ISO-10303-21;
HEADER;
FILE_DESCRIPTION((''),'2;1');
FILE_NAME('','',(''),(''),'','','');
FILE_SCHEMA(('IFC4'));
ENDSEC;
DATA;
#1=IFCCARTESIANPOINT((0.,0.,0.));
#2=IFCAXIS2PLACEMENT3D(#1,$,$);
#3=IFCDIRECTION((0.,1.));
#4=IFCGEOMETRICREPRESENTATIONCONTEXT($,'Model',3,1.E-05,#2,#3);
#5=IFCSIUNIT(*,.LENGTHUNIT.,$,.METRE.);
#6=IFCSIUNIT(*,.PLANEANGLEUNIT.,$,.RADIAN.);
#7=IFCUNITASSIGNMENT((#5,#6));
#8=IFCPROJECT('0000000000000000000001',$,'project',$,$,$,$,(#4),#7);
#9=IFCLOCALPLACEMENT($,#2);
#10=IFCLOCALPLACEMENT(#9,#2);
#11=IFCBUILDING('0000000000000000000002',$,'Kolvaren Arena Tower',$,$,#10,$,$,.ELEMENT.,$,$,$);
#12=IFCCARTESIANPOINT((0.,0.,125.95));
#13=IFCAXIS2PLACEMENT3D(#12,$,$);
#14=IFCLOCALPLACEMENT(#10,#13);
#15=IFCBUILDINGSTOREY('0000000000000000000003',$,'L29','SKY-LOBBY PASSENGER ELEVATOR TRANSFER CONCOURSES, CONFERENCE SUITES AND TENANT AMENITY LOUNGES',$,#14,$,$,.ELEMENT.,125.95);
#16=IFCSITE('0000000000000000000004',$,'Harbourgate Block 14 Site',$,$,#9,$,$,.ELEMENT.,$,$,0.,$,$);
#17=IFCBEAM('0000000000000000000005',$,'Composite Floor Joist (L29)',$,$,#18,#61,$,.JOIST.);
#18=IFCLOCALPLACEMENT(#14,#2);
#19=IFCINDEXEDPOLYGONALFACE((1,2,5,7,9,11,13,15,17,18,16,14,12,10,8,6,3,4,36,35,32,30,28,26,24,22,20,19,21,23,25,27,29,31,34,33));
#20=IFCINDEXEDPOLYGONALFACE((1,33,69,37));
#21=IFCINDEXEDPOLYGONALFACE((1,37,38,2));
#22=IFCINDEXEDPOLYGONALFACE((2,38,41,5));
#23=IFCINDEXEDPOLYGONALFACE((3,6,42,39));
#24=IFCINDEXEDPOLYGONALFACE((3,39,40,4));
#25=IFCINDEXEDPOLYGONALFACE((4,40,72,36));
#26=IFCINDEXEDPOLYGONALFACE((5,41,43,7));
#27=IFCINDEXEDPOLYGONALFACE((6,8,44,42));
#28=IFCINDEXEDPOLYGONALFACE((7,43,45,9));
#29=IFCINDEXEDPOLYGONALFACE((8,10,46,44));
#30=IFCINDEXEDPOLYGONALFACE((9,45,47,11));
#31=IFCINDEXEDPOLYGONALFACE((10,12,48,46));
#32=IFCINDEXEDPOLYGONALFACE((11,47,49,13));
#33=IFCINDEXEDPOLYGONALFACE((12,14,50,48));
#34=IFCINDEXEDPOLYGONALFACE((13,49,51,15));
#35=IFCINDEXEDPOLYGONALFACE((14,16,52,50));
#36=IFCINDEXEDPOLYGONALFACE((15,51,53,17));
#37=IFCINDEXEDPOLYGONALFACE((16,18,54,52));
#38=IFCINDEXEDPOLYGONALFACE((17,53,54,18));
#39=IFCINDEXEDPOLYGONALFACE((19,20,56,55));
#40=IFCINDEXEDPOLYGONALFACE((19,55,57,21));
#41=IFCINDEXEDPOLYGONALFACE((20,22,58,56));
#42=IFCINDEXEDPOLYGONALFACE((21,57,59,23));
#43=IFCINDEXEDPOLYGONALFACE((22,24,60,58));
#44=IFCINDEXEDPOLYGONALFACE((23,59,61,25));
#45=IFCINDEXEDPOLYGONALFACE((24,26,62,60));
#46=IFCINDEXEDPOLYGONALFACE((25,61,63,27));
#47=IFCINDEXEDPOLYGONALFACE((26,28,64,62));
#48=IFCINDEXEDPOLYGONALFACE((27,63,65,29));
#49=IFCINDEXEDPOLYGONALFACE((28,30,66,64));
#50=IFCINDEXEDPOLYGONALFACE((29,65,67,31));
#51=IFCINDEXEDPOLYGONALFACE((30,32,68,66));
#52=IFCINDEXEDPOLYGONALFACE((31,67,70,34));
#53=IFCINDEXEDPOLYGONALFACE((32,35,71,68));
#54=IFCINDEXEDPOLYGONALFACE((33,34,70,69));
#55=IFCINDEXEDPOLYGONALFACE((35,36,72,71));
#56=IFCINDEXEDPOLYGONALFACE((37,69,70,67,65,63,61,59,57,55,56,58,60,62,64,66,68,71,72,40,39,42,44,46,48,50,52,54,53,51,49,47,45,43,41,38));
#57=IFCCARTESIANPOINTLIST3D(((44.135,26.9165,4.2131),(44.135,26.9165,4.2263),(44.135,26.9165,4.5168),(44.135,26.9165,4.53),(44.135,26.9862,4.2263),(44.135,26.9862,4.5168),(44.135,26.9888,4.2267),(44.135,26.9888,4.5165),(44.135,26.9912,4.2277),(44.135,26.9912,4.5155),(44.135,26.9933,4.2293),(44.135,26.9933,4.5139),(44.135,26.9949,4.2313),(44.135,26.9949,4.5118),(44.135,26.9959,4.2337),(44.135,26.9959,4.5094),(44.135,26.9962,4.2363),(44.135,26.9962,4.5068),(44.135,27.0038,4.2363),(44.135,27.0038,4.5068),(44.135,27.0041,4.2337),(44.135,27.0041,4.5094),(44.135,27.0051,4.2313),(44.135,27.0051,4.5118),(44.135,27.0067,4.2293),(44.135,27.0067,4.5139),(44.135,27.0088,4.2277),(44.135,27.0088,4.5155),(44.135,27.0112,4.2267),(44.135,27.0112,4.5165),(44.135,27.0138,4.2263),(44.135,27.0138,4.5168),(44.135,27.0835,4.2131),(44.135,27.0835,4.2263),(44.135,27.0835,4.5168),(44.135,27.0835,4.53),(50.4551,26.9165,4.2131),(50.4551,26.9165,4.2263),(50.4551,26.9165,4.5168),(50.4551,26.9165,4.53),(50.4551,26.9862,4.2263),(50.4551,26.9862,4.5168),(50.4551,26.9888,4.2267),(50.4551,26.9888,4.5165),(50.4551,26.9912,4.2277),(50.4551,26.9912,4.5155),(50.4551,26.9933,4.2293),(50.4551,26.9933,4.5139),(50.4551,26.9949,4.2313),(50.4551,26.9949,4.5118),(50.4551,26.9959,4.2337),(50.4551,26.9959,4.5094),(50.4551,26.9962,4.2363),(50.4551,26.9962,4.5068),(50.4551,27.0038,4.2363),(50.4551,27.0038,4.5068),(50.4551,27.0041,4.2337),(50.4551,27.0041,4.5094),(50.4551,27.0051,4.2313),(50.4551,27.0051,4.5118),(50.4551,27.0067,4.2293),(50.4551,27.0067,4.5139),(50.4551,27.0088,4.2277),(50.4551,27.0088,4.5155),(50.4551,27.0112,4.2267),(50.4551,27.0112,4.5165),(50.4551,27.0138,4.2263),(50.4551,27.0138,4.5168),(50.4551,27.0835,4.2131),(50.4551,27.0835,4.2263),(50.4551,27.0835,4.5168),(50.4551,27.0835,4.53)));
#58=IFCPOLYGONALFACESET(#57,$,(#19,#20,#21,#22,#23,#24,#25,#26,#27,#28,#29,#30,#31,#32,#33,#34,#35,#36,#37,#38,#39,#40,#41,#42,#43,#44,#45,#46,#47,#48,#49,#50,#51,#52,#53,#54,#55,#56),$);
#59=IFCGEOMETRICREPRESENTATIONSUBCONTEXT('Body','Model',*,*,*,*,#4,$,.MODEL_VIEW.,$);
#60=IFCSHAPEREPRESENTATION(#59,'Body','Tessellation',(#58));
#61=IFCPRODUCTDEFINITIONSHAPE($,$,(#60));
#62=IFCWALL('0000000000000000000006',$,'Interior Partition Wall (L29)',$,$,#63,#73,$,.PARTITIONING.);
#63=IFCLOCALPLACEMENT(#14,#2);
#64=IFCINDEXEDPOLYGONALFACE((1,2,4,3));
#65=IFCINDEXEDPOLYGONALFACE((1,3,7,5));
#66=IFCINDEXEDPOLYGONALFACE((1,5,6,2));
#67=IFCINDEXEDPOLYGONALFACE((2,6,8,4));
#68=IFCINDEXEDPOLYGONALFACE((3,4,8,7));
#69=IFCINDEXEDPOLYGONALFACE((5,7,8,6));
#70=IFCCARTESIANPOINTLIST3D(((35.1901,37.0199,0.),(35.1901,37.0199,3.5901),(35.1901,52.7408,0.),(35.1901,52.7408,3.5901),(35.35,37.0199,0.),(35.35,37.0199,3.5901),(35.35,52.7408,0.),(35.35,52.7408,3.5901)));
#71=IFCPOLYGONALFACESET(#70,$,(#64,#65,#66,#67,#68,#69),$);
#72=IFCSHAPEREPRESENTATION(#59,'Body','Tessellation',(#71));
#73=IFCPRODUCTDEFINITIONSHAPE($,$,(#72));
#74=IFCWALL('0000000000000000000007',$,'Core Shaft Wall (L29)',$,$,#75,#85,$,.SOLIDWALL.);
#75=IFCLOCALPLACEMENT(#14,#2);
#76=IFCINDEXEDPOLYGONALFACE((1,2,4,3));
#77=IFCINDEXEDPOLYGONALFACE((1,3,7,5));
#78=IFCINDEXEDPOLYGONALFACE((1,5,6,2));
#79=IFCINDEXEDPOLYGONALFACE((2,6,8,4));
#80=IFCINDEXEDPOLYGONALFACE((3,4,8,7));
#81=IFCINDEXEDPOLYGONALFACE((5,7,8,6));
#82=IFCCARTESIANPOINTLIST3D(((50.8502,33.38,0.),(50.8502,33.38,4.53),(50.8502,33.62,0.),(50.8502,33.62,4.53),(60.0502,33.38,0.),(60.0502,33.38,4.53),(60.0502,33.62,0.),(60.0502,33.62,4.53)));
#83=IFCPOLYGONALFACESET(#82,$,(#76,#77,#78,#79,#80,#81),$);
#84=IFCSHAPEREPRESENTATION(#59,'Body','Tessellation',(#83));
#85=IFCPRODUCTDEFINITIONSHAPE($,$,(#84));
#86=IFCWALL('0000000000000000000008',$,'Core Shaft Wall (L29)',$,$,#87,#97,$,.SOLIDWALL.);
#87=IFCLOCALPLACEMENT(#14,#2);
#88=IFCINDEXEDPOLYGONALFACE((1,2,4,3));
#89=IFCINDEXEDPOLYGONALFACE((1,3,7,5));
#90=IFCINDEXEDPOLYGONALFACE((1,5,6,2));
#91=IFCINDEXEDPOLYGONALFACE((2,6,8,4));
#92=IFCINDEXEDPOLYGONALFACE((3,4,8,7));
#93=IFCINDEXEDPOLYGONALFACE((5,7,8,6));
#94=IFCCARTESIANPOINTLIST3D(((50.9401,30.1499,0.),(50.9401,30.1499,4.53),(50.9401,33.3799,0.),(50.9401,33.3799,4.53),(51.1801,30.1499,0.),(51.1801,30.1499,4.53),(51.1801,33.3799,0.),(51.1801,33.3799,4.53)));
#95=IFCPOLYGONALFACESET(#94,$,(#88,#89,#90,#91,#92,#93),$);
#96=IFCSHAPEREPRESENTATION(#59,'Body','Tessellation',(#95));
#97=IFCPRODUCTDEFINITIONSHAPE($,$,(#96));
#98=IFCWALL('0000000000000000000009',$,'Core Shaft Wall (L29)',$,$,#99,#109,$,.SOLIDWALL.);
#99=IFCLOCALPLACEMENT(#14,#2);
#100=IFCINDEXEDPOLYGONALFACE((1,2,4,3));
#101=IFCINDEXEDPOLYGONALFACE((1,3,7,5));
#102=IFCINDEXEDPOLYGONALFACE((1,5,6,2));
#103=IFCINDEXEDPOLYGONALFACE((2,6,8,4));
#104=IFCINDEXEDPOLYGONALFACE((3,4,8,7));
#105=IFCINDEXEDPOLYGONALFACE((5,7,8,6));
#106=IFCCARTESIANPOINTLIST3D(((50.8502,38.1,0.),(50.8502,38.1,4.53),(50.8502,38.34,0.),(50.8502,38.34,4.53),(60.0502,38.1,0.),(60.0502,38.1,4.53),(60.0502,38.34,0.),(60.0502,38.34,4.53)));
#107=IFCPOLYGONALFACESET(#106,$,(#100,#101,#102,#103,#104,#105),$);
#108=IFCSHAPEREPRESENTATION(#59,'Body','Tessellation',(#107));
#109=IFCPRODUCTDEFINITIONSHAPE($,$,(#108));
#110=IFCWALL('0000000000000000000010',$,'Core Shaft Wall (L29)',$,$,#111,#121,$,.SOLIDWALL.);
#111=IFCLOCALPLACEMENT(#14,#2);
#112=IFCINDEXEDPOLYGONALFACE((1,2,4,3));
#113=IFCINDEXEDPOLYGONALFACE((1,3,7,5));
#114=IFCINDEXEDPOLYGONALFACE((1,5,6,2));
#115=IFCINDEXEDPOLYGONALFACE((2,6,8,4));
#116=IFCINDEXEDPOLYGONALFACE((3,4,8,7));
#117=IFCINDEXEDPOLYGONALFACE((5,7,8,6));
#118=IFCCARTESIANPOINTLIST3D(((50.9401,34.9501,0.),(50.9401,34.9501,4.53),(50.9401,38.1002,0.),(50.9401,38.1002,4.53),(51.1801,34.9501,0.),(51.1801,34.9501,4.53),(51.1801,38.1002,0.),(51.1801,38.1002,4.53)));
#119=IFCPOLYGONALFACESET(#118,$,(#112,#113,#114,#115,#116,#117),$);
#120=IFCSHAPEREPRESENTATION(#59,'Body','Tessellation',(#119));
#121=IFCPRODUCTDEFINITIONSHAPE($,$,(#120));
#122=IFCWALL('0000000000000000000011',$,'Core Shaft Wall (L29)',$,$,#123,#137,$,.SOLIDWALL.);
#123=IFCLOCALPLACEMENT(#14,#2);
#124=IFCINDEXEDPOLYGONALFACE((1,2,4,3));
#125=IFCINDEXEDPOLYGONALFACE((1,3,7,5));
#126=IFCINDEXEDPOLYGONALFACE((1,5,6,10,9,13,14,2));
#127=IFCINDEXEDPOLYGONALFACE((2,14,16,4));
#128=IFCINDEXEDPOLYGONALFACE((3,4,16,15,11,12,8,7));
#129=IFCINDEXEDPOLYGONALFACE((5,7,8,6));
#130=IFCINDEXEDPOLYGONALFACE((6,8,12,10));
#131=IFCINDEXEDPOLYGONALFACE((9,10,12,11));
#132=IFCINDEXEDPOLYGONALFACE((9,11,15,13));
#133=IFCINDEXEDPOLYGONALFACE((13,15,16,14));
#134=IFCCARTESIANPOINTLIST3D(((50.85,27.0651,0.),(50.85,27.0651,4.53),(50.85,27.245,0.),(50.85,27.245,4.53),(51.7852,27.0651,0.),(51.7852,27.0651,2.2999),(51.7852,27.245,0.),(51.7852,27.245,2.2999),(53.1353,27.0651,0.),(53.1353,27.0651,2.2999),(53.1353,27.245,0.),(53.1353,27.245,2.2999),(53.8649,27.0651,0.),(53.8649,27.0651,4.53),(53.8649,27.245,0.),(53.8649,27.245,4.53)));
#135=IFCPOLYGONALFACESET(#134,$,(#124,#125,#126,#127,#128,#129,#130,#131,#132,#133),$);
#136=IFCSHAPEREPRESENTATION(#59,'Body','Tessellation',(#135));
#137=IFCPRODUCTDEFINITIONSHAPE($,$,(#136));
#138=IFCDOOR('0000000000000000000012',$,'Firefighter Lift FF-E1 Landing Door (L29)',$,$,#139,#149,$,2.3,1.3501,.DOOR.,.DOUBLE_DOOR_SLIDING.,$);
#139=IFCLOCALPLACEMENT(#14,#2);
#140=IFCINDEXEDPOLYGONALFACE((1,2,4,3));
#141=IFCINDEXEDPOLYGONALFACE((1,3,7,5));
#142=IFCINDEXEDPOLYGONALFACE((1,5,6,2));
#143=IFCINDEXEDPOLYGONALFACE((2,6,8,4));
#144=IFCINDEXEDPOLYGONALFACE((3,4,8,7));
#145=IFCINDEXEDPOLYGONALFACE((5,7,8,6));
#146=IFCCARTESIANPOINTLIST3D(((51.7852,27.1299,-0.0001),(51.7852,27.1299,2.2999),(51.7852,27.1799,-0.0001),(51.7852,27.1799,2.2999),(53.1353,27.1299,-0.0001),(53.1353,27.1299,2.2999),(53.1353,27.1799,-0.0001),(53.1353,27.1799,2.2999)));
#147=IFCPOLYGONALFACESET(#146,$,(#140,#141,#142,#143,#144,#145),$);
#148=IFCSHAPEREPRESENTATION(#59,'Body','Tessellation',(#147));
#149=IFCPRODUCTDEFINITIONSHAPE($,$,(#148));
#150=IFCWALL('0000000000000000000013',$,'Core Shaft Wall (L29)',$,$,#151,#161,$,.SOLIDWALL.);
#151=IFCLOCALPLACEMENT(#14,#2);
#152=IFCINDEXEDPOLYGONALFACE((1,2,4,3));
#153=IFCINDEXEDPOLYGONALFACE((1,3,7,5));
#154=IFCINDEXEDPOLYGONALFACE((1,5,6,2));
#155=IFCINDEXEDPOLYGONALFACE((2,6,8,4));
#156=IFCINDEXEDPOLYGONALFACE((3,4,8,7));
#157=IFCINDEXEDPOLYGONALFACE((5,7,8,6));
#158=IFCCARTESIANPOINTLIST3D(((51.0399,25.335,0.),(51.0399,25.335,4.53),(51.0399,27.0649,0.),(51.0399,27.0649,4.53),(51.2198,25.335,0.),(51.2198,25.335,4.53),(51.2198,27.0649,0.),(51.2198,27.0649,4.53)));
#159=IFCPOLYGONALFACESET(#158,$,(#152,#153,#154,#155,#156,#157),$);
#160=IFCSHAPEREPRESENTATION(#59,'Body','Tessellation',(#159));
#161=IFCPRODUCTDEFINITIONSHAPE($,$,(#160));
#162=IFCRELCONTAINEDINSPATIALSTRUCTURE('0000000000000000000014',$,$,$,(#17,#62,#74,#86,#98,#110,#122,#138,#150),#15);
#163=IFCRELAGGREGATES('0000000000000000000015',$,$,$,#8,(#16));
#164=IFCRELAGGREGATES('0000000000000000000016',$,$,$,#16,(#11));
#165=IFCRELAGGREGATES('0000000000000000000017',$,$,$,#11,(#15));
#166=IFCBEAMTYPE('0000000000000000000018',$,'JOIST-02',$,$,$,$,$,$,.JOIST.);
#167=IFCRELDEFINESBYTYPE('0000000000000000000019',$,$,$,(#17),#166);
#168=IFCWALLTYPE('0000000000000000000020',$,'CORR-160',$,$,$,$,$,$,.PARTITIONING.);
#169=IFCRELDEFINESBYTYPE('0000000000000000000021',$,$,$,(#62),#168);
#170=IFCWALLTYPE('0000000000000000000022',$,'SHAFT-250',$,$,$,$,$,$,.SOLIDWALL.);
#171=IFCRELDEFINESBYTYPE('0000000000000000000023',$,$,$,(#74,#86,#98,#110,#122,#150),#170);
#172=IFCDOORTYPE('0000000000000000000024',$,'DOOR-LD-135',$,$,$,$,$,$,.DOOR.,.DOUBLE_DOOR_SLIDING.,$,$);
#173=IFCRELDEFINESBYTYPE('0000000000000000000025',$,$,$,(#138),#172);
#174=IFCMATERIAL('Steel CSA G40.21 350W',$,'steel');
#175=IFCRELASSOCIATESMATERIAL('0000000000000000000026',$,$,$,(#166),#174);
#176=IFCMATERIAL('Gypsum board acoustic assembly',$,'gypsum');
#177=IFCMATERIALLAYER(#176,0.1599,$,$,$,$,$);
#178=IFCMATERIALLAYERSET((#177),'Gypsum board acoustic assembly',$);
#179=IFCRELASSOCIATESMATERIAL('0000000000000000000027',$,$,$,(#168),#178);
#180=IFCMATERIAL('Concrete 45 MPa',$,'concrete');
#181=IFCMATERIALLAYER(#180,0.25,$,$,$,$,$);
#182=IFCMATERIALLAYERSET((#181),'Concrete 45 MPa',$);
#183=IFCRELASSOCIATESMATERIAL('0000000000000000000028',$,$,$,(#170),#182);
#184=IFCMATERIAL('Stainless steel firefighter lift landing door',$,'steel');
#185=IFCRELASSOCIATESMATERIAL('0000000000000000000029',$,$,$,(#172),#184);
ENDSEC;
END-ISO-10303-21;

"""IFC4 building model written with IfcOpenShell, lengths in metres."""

from ifc_helpers import new_model, si_unit, direction, frame, frame_2d, origin, origin_2d, place, context, subcontext, project, spatial, rectangle, i_section, extrude, material, layer, layer_set, material_profile, profile_set, type_object, element, fill, save


model = new_model("IFC4")

# Units and contexts
model_context = context("Model", 3, precision=1e-05, world=origin(), true_north=direction((0.0, 1.0)))
body_context = subcontext(model_context, "Body", "Model", "MODEL_VIEW")
ifc_project = project(units=[si_unit("LENGTHUNIT", "METRE"), si_unit("PLANEANGLEUNIT", "RADIAN")], contexts=[model_context])

# Site, building, storey
site_placement = place(None, origin())
site = spatial("IfcSite", under=ifc_project, at=site_placement, Name="Harbourgate Block 14 Site", CompositionType="ELEMENT", RefElevation=0.0)
building_placement = place(site_placement, origin())
building = spatial("IfcBuilding", under=site, at=building_placement, Name="Kolvaren Arena Tower", CompositionType="ELEMENT")
storey_placement = place(building_placement, frame((0.0, 0.0, 125.95)))
storey = spatial("IfcBuildingStorey", under=building, at=storey_placement, Name="L29", Description="SKY-LOBBY PASSENGER ELEVATOR TRANSFER CONCOURSES, CONFERENCE SUITES AND TENANT AMENITY LOUNGES", CompositionType="ELEMENT", Elevation=125.95)

# Beam
ifc_material_1 = material(Name="Steel CSA G40.21 350W", Category="steel")
ifc_material_profile_1 = material_profile(ifc_material_1, i_section(OverallWidth=0.167, OverallDepth=0.3169, WebThickness=0.0076, FlangeThickness=0.0132, FilletRadius=0.01, at=origin_2d()), Name="W310x52")
ifc_profile_set_1 = profile_set([ifc_material_profile_1], Name="Steel CSA G40.21 350W")
beam_type_1 = type_object("IfcBeamType", Name="JOIST-02", PredefinedType="JOIST", material=ifc_profile_set_1)
beam_1_placement = place(storey_placement, frame((44.135, 27.0, 4.3716), z_axis=(1.0, 0.0, 0.0), x_axis=(0.0, 1.0, 0.0)))
element("IfcBeam", 1, at=beam_1_placement, inside=storey, type_object=beam_type_1, Name="Composite Floor Joist (L29)", PredefinedType="JOIST", context=body_context, shape_type="SweptSolid", body=[
    extrude(i_section(OverallWidth=0.167, OverallDepth=0.3169, WebThickness=0.0076, FlangeThickness=0.0132, FilletRadius=0.01, at=origin_2d()), origin(), (0.0, 0.0, 1.0), 6.3201),
])

# Walls
ifc_material_2 = material(Name="Gypsum board acoustic assembly", Category="gypsum")
ifc_layer_1 = layer(ifc_material_2, 0.1599)
ifc_layer_set_1 = layer_set([ifc_layer_1], Name="Gypsum board acoustic assembly")
wall_type_1 = type_object("IfcWallType", Name="CORR-160", PredefinedType="PARTITIONING", material=ifc_layer_set_1)
wall_1_placement = place(storey_placement, frame((35.27, 37.02, 0.0), z_axis=(0.0, 0.0, 1.0), x_axis=(0.0, 1.0, 0.0)))
element("IfcWall", 2, at=wall_1_placement, inside=storey, type_object=wall_type_1, Name="Interior Partition Wall (L29)", PredefinedType="PARTITIONING", context=body_context, shape_type="SweptSolid", body=[
    extrude(rectangle(XDim=15.7209, YDim=0.1599, at=frame_2d((7.8604, 0.0))), origin(), (0.0, 0.0, 1.0), 3.5901),
])
ifc_material_3 = material(Name="Concrete 45 MPa", Category="concrete")
ifc_layer_2 = layer(ifc_material_3, 0.25)
ifc_layer_set_2 = layer_set([ifc_layer_2], Name="Concrete 45 MPa")
wall_type_2 = type_object("IfcWallType", Name="SHAFT-250", PredefinedType="SOLIDWALL", material=ifc_layer_set_2)
wall_2_placement = place(storey_placement, frame((50.8501, 33.5, 0.0), z_axis=(0.0, 0.0, 1.0), x_axis=(1.0, 0.0, 0.0)))
element("IfcWall", 3, at=wall_2_placement, inside=storey, type_object=wall_type_2, Name="Core Shaft Wall (L29)", PredefinedType="SOLIDWALL", context=body_context, shape_type="SweptSolid", body=[
    extrude(rectangle(XDim=9.2, YDim=0.24, at=frame_2d((4.6001, 0.0))), origin(), (0.0, 0.0, 1.0), 4.53),
])
wall_3_placement = place(storey_placement, frame((51.0601, 30.1499, 0.0), z_axis=(0.0, 0.0, 1.0), x_axis=(0.0, 1.0, 0.0)))
element("IfcWall", 4, at=wall_3_placement, inside=storey, type_object=wall_type_2, Name="Core Shaft Wall (L29)", PredefinedType="SOLIDWALL", context=body_context, shape_type="SweptSolid", body=[
    extrude(rectangle(XDim=3.23, YDim=0.24, at=frame_2d((1.615, 0.0))), origin(), (0.0, 0.0, 1.0), 4.53),
])
wall_4_placement = place(storey_placement, frame((50.8501, 38.22, 0.0), z_axis=(0.0, 0.0, 1.0), x_axis=(1.0, 0.0, 0.0)))
element("IfcWall", 5, at=wall_4_placement, inside=storey, type_object=wall_type_2, Name="Core Shaft Wall (L29)", PredefinedType="SOLIDWALL", context=body_context, shape_type="SweptSolid", body=[
    extrude(rectangle(XDim=9.2, YDim=0.24, at=frame_2d((4.6001, 0.0))), origin(), (0.0, 0.0, 1.0), 4.53),
])
wall_5_placement = place(storey_placement, frame((51.0601, 34.95, 0.0), z_axis=(0.0, 0.0, 1.0), x_axis=(0.0, 1.0, 0.0)))
element("IfcWall", 6, at=wall_5_placement, inside=storey, type_object=wall_type_2, Name="Core Shaft Wall (L29)", PredefinedType="SOLIDWALL", context=body_context, shape_type="SweptSolid", body=[
    extrude(rectangle(XDim=3.1501, YDim=0.24, at=frame_2d((1.5752, 0.0))), origin(), (0.0, 0.0, 1.0), 4.53),
])

# Wall, opening, door
wall_6_placement = place(storey_placement, frame((50.8501, 27.155, 0.0), z_axis=(0.0, 0.0, 1.0), x_axis=(1.0, 0.0, 0.0)))
wall_6 = element("IfcWall", 7, at=wall_6_placement, inside=storey, type_object=wall_type_2, Name="Core Shaft Wall (L29)", PredefinedType="SOLIDWALL", context=body_context, shape_type="SweptSolid", body=[
    extrude(rectangle(XDim=3.0149, YDim=0.1799, at=frame_2d((1.5073, 0.0))), origin(), (0.0, 0.0, 1.0), 4.53),
])
opening_placement = place(wall_6_placement, frame((0.9351, 0.0, 0.0)))
opening = element("IfcOpeningElement", 8, at=opening_placement, cuts=wall_6, PredefinedType="OPENING", context=body_context, shape_type="SweptSolid", body=[
    extrude(rectangle(XDim=1.3501, YDim=2.3, at=frame_2d((0.675, 1.1499))), frame((0.0, 0.0999, 0.0), z_axis=(0.0, -1.0, 0.0), x_axis=(1.0, 0.0, 0.0)), (0.0, 0.0, 1.0), 0.2),
])
ifc_material_4 = material(Name="Stainless steel firefighter lift landing door", Category="steel")
door_type = type_object("IfcDoorType", Name="DOOR-LD-135", OperationType="DOUBLE_DOOR_SLIDING", PredefinedType="DOOR", material=ifc_material_4)
door_placement = place(opening_placement, origin())
door = element("IfcDoor", 9, at=door_placement, inside=storey, type_object=door_type, Name="Firefighter Lift FF-E1 Landing Door (L29)", OperationType="DOUBLE_DOOR_SLIDING", OverallHeight=2.3, OverallWidth=1.3501, PredefinedType="DOOR", context=body_context, shape_type="SweptSolid", body=[
    extrude(rectangle(XDim=1.3501, YDim=2.3, at=frame_2d((0.675, 1.1499))), frame((0.0, 0.0249, 0.0), z_axis=(0.0, -1.0, 0.0), x_axis=(1.0, 0.0, 0.0)), (0.0, 0.0, 1.0), 0.05),
])
fill(opening, door)

# Wall
wall_7_placement = place(storey_placement, frame((51.1299, 25.335, 0.0), z_axis=(0.0, 0.0, 1.0), x_axis=(0.0, 1.0, 0.0)))
element("IfcWall", 10, at=wall_7_placement, inside=storey, type_object=wall_type_2, Name="Core Shaft Wall (L29)", PredefinedType="SOLIDWALL", context=body_context, shape_type="SweptSolid", body=[
    extrude(rectangle(XDim=1.73, YDim=0.1799, at=frame_2d((0.865, 0.0))), origin(), (0.0, 0.0, 1.0), 4.53),
])

save(model, "model.ifc")
